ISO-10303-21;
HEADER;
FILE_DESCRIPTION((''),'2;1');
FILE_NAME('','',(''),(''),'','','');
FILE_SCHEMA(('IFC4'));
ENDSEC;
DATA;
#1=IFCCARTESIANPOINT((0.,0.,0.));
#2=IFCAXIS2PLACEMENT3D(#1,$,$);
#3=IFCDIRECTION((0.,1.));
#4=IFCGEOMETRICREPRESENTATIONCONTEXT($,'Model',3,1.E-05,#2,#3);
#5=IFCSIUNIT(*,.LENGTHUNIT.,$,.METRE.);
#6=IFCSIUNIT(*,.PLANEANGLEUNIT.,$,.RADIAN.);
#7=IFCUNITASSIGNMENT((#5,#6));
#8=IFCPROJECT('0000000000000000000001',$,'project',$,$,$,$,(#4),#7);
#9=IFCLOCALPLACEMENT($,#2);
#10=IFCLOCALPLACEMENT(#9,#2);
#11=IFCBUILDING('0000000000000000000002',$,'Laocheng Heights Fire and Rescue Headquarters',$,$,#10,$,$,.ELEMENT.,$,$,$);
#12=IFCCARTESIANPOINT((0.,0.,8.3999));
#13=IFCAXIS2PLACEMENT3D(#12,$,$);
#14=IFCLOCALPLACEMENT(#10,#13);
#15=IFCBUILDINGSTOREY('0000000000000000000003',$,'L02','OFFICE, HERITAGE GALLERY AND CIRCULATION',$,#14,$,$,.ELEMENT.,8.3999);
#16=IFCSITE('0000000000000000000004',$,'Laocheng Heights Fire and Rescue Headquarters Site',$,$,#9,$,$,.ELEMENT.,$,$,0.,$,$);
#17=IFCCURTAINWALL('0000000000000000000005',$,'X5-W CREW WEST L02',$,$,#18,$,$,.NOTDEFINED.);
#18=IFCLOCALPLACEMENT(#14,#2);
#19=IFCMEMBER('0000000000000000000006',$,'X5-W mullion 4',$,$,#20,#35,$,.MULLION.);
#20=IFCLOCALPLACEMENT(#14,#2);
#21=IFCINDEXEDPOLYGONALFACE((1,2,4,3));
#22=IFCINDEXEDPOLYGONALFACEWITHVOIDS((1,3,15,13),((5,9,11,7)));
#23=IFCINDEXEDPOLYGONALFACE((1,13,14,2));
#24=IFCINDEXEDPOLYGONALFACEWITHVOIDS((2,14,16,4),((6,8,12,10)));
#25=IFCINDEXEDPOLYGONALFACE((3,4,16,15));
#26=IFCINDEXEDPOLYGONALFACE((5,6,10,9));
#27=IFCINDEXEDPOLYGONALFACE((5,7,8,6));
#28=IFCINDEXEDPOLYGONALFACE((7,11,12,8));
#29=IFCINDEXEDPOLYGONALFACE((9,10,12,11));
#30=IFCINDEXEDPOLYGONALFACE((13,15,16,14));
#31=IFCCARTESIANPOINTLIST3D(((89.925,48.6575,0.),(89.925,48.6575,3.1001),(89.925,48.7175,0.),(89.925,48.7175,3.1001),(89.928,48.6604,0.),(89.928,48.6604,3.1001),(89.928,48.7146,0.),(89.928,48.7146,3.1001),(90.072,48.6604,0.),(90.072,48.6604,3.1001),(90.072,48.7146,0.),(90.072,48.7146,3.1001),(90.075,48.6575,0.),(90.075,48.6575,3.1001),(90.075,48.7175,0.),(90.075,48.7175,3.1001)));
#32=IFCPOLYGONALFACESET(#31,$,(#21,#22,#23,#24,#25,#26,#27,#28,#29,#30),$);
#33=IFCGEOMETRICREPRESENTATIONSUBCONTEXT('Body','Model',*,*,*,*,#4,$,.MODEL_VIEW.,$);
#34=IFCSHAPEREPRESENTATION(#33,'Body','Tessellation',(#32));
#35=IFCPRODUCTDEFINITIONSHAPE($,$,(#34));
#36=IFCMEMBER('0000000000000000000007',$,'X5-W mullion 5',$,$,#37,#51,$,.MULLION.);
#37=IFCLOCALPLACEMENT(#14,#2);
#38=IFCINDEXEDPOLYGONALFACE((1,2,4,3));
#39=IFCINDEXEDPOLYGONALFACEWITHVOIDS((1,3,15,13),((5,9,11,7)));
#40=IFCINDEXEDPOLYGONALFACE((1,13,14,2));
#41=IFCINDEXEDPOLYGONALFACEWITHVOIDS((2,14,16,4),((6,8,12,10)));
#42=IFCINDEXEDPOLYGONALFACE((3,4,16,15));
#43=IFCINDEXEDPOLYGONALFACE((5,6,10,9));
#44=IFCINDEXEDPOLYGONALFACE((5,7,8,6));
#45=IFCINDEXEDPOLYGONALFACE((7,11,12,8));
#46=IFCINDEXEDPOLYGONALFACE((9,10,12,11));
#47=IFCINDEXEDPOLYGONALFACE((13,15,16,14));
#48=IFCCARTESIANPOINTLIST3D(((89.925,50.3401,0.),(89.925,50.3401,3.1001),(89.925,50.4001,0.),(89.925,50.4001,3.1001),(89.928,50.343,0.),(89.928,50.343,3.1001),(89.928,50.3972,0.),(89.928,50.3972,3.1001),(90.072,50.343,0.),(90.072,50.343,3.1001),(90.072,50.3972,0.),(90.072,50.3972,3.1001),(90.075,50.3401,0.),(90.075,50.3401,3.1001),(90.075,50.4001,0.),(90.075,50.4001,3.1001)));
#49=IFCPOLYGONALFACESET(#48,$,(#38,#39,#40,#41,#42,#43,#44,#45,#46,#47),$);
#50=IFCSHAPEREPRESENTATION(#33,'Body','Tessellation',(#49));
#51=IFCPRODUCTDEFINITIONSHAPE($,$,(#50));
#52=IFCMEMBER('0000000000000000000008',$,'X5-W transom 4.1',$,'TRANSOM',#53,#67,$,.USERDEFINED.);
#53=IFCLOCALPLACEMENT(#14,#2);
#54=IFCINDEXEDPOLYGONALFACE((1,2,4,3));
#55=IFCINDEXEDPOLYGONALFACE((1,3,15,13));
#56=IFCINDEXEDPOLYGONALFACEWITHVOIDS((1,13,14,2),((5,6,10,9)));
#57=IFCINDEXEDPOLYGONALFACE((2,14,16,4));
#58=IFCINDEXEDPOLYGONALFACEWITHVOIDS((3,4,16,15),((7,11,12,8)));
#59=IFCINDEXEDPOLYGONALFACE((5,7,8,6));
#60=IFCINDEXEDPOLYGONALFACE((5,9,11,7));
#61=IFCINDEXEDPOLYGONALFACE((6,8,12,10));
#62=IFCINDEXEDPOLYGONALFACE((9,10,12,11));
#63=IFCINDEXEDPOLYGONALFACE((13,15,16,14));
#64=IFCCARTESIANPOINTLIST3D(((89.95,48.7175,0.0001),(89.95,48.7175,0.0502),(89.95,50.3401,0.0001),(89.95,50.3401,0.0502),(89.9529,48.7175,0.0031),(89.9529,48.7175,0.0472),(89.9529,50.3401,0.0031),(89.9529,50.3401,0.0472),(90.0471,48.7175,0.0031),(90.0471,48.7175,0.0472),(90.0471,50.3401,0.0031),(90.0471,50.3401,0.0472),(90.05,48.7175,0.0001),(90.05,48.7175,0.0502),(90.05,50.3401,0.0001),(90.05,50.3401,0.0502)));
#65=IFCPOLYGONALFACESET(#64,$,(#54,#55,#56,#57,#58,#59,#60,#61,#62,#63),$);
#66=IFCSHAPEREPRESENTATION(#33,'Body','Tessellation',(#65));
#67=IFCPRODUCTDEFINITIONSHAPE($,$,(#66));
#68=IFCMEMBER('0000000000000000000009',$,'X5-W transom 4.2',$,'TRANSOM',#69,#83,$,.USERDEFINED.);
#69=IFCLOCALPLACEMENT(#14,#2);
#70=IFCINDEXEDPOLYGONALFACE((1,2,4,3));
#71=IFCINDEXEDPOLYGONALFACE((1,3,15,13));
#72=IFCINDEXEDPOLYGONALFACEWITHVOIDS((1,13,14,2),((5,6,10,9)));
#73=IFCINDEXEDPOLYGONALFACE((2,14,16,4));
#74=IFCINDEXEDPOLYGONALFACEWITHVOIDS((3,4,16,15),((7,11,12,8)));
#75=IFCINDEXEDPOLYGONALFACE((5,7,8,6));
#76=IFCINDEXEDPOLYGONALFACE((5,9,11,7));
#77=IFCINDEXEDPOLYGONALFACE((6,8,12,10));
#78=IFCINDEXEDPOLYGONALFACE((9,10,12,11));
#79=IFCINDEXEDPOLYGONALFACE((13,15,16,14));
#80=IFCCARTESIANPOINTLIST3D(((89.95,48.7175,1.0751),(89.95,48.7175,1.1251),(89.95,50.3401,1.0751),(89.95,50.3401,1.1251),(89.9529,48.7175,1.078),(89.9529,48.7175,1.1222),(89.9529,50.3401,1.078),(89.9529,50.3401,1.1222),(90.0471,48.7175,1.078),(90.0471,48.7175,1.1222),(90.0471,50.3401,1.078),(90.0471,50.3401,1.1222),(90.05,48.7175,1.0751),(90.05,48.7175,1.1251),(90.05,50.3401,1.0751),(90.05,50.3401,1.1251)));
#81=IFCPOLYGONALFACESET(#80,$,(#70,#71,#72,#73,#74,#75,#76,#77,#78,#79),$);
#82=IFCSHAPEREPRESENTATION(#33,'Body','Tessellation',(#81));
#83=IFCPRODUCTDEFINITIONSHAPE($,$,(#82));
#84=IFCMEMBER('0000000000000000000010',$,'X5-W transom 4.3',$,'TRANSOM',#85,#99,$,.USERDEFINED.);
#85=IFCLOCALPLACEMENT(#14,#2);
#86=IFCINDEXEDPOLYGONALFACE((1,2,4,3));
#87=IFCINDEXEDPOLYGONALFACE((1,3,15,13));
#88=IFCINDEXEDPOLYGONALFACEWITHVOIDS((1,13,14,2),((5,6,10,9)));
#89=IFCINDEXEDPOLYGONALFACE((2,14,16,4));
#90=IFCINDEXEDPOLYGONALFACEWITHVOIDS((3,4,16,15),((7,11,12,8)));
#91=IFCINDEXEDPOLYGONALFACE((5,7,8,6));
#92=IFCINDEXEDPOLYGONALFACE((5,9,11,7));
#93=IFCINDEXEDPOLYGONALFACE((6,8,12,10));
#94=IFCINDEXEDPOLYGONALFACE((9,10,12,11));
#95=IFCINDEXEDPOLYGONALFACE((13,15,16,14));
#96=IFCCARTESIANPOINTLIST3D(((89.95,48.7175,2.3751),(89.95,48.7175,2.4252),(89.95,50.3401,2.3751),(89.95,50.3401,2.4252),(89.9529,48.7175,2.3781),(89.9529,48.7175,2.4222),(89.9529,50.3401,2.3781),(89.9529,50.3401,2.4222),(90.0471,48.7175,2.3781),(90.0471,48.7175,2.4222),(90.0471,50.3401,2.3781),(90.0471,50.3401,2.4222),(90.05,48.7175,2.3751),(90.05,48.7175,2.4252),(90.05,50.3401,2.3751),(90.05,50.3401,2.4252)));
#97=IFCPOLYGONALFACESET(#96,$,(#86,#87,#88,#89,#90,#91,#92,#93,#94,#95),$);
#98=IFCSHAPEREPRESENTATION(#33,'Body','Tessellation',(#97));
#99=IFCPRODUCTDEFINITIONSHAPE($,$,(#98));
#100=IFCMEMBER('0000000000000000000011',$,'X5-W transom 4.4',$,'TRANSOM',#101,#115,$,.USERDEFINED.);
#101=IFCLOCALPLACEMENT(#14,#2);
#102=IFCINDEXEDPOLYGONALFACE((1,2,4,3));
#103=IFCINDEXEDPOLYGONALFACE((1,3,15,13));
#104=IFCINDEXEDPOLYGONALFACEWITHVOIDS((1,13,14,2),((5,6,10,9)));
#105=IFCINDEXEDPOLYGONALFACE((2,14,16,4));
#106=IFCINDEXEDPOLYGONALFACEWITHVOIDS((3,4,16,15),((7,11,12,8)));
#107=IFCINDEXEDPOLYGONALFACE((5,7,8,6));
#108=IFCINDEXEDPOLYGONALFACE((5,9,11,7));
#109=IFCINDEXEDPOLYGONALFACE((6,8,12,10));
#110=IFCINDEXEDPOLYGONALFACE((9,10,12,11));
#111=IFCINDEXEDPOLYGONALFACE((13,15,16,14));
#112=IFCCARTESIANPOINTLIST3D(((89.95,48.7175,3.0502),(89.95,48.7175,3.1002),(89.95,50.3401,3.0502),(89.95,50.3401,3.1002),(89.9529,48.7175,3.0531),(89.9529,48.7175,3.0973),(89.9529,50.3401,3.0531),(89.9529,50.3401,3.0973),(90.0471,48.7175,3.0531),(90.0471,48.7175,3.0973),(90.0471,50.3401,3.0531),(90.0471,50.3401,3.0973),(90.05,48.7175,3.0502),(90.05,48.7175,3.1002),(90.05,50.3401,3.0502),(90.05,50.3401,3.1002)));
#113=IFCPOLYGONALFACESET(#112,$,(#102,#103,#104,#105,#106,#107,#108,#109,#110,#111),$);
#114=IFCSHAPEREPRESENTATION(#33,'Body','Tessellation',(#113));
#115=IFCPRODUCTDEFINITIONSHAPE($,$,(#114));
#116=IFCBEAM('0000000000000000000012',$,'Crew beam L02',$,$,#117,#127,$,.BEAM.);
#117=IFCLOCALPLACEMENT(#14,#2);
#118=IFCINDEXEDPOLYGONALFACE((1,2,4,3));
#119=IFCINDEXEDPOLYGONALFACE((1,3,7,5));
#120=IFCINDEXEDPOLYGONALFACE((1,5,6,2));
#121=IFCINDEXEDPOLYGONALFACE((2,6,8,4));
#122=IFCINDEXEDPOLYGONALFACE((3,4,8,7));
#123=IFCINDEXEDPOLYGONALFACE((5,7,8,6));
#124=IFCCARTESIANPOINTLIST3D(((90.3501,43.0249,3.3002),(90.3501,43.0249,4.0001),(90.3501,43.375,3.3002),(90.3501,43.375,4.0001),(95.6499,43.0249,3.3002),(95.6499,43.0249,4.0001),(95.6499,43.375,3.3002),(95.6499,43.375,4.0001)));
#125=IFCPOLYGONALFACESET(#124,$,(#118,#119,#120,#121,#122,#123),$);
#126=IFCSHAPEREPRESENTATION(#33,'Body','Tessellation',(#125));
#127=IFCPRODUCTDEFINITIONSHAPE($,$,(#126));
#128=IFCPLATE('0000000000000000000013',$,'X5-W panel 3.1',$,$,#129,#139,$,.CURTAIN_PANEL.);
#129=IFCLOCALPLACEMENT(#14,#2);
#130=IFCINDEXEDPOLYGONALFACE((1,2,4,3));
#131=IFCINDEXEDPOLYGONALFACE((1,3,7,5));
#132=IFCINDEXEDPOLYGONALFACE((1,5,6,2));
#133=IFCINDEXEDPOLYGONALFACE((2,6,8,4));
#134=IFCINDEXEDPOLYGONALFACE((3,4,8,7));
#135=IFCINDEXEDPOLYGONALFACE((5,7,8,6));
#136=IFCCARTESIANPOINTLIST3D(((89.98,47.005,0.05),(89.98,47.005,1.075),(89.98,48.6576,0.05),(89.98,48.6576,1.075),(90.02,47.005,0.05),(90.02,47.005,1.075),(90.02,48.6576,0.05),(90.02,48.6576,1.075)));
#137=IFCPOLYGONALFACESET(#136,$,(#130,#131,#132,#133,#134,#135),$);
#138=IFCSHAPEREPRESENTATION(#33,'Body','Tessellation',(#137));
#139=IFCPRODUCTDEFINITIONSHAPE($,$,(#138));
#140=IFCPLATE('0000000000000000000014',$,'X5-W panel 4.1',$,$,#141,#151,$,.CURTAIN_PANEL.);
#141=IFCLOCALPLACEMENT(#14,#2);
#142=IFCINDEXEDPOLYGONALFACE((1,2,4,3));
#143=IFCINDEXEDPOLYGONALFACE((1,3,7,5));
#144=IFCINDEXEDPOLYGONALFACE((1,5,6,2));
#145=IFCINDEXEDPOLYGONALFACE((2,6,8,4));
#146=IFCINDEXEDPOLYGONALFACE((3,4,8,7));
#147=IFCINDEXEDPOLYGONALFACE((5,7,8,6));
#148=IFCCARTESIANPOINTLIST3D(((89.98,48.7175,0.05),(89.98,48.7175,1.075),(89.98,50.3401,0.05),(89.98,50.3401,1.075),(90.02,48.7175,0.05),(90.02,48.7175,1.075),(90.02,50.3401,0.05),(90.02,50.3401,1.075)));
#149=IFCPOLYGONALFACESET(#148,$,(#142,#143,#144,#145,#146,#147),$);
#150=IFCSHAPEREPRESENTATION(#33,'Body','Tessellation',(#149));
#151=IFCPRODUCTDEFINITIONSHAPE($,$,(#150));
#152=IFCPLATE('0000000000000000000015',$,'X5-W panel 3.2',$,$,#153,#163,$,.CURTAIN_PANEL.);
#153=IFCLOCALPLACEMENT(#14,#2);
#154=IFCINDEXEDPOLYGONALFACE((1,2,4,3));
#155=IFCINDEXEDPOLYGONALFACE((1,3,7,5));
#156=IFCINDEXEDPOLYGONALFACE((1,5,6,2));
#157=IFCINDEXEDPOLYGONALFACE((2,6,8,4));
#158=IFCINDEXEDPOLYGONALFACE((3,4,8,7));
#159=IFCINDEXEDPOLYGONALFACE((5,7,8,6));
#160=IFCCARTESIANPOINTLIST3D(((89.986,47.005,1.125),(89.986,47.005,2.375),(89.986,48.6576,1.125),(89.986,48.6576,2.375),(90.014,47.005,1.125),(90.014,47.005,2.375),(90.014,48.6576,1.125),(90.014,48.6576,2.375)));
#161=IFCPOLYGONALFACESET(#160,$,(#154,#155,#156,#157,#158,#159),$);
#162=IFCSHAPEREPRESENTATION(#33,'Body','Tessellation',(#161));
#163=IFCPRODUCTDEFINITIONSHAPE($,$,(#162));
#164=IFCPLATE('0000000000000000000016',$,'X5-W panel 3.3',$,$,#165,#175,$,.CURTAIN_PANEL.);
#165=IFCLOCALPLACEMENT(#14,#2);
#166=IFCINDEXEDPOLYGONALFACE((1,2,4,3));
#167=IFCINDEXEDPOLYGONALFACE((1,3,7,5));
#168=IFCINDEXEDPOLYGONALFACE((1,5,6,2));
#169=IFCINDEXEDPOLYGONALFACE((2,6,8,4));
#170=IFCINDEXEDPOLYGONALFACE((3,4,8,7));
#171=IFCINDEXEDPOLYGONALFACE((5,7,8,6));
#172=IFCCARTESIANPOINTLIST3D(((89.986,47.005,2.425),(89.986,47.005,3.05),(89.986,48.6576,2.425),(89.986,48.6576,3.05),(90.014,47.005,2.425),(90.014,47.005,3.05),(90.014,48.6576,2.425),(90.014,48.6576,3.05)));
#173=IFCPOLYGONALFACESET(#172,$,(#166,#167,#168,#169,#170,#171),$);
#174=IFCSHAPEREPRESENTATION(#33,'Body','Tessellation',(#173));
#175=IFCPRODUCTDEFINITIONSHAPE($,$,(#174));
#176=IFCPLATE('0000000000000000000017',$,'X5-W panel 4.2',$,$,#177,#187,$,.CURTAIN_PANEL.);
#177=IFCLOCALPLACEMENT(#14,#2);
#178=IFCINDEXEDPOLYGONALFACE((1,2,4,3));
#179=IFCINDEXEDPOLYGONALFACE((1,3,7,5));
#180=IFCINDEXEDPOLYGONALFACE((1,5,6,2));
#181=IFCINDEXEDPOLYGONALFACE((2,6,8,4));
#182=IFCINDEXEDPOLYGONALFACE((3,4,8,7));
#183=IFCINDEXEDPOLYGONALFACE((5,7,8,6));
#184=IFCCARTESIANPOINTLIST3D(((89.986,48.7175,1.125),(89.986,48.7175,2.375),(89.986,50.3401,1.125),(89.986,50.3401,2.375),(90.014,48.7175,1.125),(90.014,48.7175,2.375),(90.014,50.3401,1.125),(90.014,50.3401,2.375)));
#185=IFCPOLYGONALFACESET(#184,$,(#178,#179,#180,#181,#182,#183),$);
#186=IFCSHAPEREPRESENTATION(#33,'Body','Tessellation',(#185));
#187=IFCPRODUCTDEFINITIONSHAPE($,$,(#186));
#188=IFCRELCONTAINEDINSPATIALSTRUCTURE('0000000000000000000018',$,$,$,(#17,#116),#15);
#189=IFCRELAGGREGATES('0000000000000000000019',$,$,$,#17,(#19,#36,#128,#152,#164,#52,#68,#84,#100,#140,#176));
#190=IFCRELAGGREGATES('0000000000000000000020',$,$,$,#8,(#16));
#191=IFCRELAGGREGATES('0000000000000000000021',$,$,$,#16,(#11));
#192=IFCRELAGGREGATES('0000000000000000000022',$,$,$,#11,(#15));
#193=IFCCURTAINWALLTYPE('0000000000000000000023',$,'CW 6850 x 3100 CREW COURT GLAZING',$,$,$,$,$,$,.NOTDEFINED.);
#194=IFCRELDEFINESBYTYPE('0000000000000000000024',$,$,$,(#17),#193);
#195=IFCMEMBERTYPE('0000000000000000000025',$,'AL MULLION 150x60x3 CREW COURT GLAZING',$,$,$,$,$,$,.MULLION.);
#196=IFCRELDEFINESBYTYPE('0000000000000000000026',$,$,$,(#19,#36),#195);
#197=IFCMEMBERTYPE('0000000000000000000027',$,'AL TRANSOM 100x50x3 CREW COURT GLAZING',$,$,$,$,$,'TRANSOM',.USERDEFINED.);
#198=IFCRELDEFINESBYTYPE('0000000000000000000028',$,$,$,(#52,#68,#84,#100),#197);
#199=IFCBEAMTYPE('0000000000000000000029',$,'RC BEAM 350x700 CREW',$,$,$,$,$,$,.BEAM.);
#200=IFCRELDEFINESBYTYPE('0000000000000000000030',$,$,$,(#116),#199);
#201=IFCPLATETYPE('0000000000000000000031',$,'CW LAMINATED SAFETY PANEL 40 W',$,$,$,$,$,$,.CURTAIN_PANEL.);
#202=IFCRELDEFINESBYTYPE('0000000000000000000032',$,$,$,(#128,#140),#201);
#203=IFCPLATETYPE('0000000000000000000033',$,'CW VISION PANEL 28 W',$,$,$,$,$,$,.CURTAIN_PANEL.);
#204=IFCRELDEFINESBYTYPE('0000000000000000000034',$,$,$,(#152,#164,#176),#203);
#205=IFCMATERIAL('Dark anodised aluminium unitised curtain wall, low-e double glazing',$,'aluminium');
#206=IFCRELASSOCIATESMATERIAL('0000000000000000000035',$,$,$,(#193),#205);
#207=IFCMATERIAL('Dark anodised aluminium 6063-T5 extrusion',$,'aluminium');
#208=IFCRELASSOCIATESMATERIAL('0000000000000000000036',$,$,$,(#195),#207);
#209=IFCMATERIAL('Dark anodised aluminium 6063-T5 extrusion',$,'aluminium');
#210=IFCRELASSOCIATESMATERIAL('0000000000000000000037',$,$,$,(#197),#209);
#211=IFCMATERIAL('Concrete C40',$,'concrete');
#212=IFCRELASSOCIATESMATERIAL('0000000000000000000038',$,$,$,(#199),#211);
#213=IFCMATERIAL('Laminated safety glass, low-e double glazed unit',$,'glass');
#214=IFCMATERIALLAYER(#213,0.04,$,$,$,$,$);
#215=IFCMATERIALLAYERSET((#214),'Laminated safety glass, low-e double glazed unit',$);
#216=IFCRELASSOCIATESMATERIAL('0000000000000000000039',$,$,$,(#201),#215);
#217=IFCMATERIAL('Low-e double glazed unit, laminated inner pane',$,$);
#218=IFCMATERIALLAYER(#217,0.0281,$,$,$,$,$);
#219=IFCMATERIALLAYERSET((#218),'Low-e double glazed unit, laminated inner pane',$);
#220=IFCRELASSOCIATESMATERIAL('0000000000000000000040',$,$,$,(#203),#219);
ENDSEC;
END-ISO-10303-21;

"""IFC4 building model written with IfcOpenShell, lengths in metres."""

from ifc_helpers import new_model, si_unit, direction, frame, origin, origin_2d, place, context, subcontext, project, spatial, rectangle, hollow_rectangle, extrude, material, layer, layer_set, material_profile, profile_set, type_object, element, aggregate, save


model = new_model("IFC4")

# Units and contexts
model_context = context("Model", 3, precision=1e-05, world=origin(), true_north=direction((0.0, 1.0)))
body_context = subcontext(model_context, "Body", "Model", "MODEL_VIEW")
ifc_project = project(units=[si_unit("LENGTHUNIT", "METRE"), si_unit("PLANEANGLEUNIT", "RADIAN")], contexts=[model_context])

# Site, building, storey
site_placement = place(None, origin())
site = spatial("IfcSite", under=ifc_project, at=site_placement, Name="Laocheng Heights Fire and Rescue Headquarters Site", CompositionType="ELEMENT", RefElevation=0.0)
building_placement = place(site_placement, origin())
building = spatial("IfcBuilding", under=site, at=building_placement, Name="Laocheng Heights Fire and Rescue Headquarters", CompositionType="ELEMENT")
storey_placement = place(building_placement, frame((0.0, 0.0, 8.3999)))
storey = spatial("IfcBuildingStorey", under=building, at=storey_placement, Name="L02", Description="OFFICE, HERITAGE GALLERY AND CIRCULATION", CompositionType="ELEMENT", Elevation=8.3999)

# Curtain wall, members
ifc_material_1 = material(Name="Dark anodised aluminium unitised curtain wall, low-e double glazing", Category="aluminium")
curtain_wall_type = type_object("IfcCurtainWallType", Name="CW 6850 x 3100 CREW COURT GLAZING", PredefinedType="NOTDEFINED", material=ifc_material_1)
curtain_wall_placement = place(storey_placement, origin())
curtain_wall = element("IfcCurtainWall", 1, at=curtain_wall_placement, inside=storey, type_object=curtain_wall_type, Name="X5-W CREW WEST L02", PredefinedType="NOTDEFINED")
ifc_material_2 = material(Name="Dark anodised aluminium 6063-T5 extrusion", Category="aluminium")
ifc_material_profile_1 = material_profile(ifc_material_2, hollow_rectangle(XDim=0.1499, YDim=0.0601, WallThickness=0.0029, at=origin_2d()), Name="AL MULLION 150x60x3 CREW COURT GLAZING")
ifc_profile_set_1 = profile_set([ifc_material_profile_1], Name="Dark anodised aluminium 6063-T5 extrusion")
member_type_1 = type_object("IfcMemberType", Name="AL MULLION 150x60x3 CREW COURT GLAZING", PredefinedType="MULLION", material=ifc_profile_set_1)
member_1_placement = place(storey_placement, frame((90.0, 48.6875, 0.0), z_axis=(0.0, 0.0, 1.0), x_axis=(-1.0, 0.0, 0.0)))
member_1 = element("IfcMember", 2, at=member_1_placement, type_object=member_type_1, Name="X5-W mullion 4", PredefinedType="MULLION", context=body_context, shape_type="SweptSolid", body=[
    extrude(hollow_rectangle(XDim=0.1499, YDim=0.0601, WallThickness=0.0029, at=origin_2d()), origin(), (0.0, 0.0, 1.0), 3.1001),
])
member_2_placement = place(storey_placement, frame((90.0, 50.3701, 0.0), z_axis=(0.0, 0.0, 1.0), x_axis=(-1.0, 0.0, 0.0)))
member_2 = element("IfcMember", 3, at=member_2_placement, type_object=member_type_1, Name="X5-W mullion 5", PredefinedType="MULLION", context=body_context, shape_type="SweptSolid", body=[
    extrude(hollow_rectangle(XDim=0.1499, YDim=0.0601, WallThickness=0.0029, at=origin_2d()), origin(), (0.0, 0.0, 1.0), 3.1001),
])
ifc_material_3 = material(Name="Dark anodised aluminium 6063-T5 extrusion", Category="aluminium")
ifc_material_profile_2 = material_profile(ifc_material_3, hollow_rectangle(XDim=0.1001, YDim=0.05, WallThickness=0.0029, at=origin_2d()), Name="AL TRANSOM 100x50x3 CREW COURT GLAZING")
ifc_profile_set_2 = profile_set([ifc_material_profile_2], Name="Dark anodised aluminium 6063-T5 extrusion")
member_type_2 = type_object("IfcMemberType", Name="AL TRANSOM 100x50x3 CREW COURT GLAZING", ElementType="TRANSOM", PredefinedType="USERDEFINED", material=ifc_profile_set_2)
member_3_placement = place(storey_placement, frame((90.0, 48.7175, 0.0251), z_axis=(0.0, 1.0, 0.0), x_axis=(-1.0, 0.0, 0.0)))
member_3 = element("IfcMember", 4, at=member_3_placement, type_object=member_type_2, Name="X5-W transom 4.1", ObjectType="TRANSOM", PredefinedType="USERDEFINED", context=body_context, shape_type="SweptSolid", body=[
    extrude(hollow_rectangle(XDim=0.1001, YDim=0.05, WallThickness=0.0029, at=origin_2d()), origin(), (0.0, 0.0, 1.0), 1.6226),
])
member_4_placement = place(storey_placement, frame((90.0, 48.7175, 1.1001), z_axis=(0.0, 1.0, 0.0), x_axis=(-1.0, 0.0, 0.0)))
member_4 = element("IfcMember", 5, at=member_4_placement, type_object=member_type_2, Name="X5-W transom 4.2", ObjectType="TRANSOM", PredefinedType="USERDEFINED", context=body_context, shape_type="SweptSolid", body=[
    extrude(hollow_rectangle(XDim=0.1001, YDim=0.05, WallThickness=0.0029, at=origin_2d()), origin(), (0.0, 0.0, 1.0), 1.6226),
])
member_5_placement = place(storey_placement, frame((90.0, 48.7175, 2.4001), z_axis=(0.0, 1.0, 0.0), x_axis=(-1.0, 0.0, 0.0)))
member_5 = element("IfcMember", 6, at=member_5_placement, type_object=member_type_2, Name="X5-W transom 4.3", ObjectType="TRANSOM", PredefinedType="USERDEFINED", context=body_context, shape_type="SweptSolid", body=[
    extrude(hollow_rectangle(XDim=0.1001, YDim=0.05, WallThickness=0.0029, at=origin_2d()), origin(), (0.0, 0.0, 1.0), 1.6226),
])
member_6_placement = place(storey_placement, frame((90.0, 48.7175, 3.0752), z_axis=(0.0, 1.0, 0.0), x_axis=(-1.0, 0.0, 0.0)))
member_6 = element("IfcMember", 7, at=member_6_placement, type_object=member_type_2, Name="X5-W transom 4.4", ObjectType="TRANSOM", PredefinedType="USERDEFINED", context=body_context, shape_type="SweptSolid", body=[
    extrude(hollow_rectangle(XDim=0.1001, YDim=0.05, WallThickness=0.0029, at=origin_2d()), origin(), (0.0, 0.0, 1.0), 1.6226),
])

# Beam
ifc_material_4 = material(Name="Concrete C40", Category="concrete")
ifc_material_profile_3 = material_profile(ifc_material_4, rectangle(XDim=0.3501, YDim=0.7, at=origin_2d()), Name="RC BEAM 350x700 CREW")
ifc_profile_set_3 = profile_set([ifc_material_profile_3], Name="Concrete C40")
beam_type = type_object("IfcBeamType", Name="RC BEAM 350x700 CREW", PredefinedType="BEAM", material=ifc_profile_set_3)
beam_placement = place(storey_placement, frame((90.3501, 43.2, 3.6501), z_axis=(1.0, 0.0, 0.0), x_axis=(0.0, 1.0, 0.0)))
element("IfcBeam", 8, at=beam_placement, inside=storey, type_object=beam_type, Name="Crew beam L02", PredefinedType="BEAM", context=body_context, shape_type="SweptSolid", body=[
    extrude(rectangle(XDim=0.3501, YDim=0.7, at=origin_2d()), origin(), (0.0, 0.0, 1.0), 5.2998),
])

# Plates
ifc_material_5 = material(Name="Laminated safety glass, low-e double glazed unit", Category="glass")
ifc_layer_1 = layer(ifc_material_5, 0.04)
ifc_layer_set_1 = layer_set([ifc_layer_1], Name="Laminated safety glass, low-e double glazed unit")
plate_type_1 = type_object("IfcPlateType", Name="CW LAMINATED SAFETY PANEL 40 W", PredefinedType="CURTAIN_PANEL", material=ifc_layer_set_1)
plate_1_placement = place(storey_placement, frame((90.0, 47.8313, 0.05), z_axis=(0.0, 0.0, 1.0), x_axis=(0.0, 1.0, 0.0)))
plate_1 = element("IfcPlate", 9, at=plate_1_placement, type_object=plate_type_1, Name="X5-W panel 3.1", PredefinedType="CURTAIN_PANEL", context=body_context, shape_type="SweptSolid", body=[
    extrude(rectangle(XDim=1.6526, YDim=0.04, at=origin_2d()), origin(), (0.0, 0.0, 1.0), 1.0249),
])
plate_2_placement = place(storey_placement, frame((90.0, 49.5288, 0.05), z_axis=(0.0, 0.0, 1.0), x_axis=(0.0, 1.0, 0.0)))
plate_2 = element("IfcPlate", 10, at=plate_2_placement, type_object=plate_type_1, Name="X5-W panel 4.1", PredefinedType="CURTAIN_PANEL", context=body_context, shape_type="SweptSolid", body=[
    extrude(rectangle(XDim=1.6226, YDim=0.04, at=origin_2d()), origin(), (0.0, 0.0, 1.0), 1.0249),
])
ifc_material_6 = material(Name="Low-e double glazed unit, laminated inner pane")
ifc_layer_2 = layer(ifc_material_6, 0.0281)
ifc_layer_set_2 = layer_set([ifc_layer_2], Name="Low-e double glazed unit, laminated inner pane")
plate_type_2 = type_object("IfcPlateType", Name="CW VISION PANEL 28 W", PredefinedType="CURTAIN_PANEL", material=ifc_layer_set_2)
plate_3_placement = place(storey_placement, frame((90.0, 47.8313, 1.125), z_axis=(0.0, 0.0, 1.0), x_axis=(0.0, 1.0, 0.0)))
plate_3 = element("IfcPlate", 11, at=plate_3_placement, type_object=plate_type_2, Name="X5-W panel 3.2", PredefinedType="CURTAIN_PANEL", context=body_context, shape_type="SweptSolid", body=[
    extrude(rectangle(XDim=1.6526, YDim=0.0281, at=origin_2d()), origin(), (0.0, 0.0, 1.0), 1.25),
])
plate_4_placement = place(storey_placement, frame((90.0, 47.8313, 2.425), z_axis=(0.0, 0.0, 1.0), x_axis=(0.0, 1.0, 0.0)))
plate_4 = element("IfcPlate", 12, at=plate_4_placement, type_object=plate_type_2, Name="X5-W panel 3.3", PredefinedType="CURTAIN_PANEL", context=body_context, shape_type="SweptSolid", body=[
    extrude(rectangle(XDim=1.6526, YDim=0.0281, at=origin_2d()), origin(), (0.0, 0.0, 1.0), 0.625),
])
plate_5_placement = place(storey_placement, frame((90.0, 49.5288, 1.125), z_axis=(0.0, 0.0, 1.0), x_axis=(0.0, 1.0, 0.0)))
plate_5 = element("IfcPlate", 13, at=plate_5_placement, type_object=plate_type_2, Name="X5-W panel 4.2", PredefinedType="CURTAIN_PANEL", context=body_context, shape_type="SweptSolid", body=[
    extrude(rectangle(XDim=1.6226, YDim=0.0281, at=origin_2d()), origin(), (0.0, 0.0, 1.0), 1.25),
])
aggregate(curtain_wall, [member_1, member_2, plate_1, plate_3, plate_4, member_3, member_4, member_5, member_6, plate_2, plate_5])

save(model, "model.ifc")
